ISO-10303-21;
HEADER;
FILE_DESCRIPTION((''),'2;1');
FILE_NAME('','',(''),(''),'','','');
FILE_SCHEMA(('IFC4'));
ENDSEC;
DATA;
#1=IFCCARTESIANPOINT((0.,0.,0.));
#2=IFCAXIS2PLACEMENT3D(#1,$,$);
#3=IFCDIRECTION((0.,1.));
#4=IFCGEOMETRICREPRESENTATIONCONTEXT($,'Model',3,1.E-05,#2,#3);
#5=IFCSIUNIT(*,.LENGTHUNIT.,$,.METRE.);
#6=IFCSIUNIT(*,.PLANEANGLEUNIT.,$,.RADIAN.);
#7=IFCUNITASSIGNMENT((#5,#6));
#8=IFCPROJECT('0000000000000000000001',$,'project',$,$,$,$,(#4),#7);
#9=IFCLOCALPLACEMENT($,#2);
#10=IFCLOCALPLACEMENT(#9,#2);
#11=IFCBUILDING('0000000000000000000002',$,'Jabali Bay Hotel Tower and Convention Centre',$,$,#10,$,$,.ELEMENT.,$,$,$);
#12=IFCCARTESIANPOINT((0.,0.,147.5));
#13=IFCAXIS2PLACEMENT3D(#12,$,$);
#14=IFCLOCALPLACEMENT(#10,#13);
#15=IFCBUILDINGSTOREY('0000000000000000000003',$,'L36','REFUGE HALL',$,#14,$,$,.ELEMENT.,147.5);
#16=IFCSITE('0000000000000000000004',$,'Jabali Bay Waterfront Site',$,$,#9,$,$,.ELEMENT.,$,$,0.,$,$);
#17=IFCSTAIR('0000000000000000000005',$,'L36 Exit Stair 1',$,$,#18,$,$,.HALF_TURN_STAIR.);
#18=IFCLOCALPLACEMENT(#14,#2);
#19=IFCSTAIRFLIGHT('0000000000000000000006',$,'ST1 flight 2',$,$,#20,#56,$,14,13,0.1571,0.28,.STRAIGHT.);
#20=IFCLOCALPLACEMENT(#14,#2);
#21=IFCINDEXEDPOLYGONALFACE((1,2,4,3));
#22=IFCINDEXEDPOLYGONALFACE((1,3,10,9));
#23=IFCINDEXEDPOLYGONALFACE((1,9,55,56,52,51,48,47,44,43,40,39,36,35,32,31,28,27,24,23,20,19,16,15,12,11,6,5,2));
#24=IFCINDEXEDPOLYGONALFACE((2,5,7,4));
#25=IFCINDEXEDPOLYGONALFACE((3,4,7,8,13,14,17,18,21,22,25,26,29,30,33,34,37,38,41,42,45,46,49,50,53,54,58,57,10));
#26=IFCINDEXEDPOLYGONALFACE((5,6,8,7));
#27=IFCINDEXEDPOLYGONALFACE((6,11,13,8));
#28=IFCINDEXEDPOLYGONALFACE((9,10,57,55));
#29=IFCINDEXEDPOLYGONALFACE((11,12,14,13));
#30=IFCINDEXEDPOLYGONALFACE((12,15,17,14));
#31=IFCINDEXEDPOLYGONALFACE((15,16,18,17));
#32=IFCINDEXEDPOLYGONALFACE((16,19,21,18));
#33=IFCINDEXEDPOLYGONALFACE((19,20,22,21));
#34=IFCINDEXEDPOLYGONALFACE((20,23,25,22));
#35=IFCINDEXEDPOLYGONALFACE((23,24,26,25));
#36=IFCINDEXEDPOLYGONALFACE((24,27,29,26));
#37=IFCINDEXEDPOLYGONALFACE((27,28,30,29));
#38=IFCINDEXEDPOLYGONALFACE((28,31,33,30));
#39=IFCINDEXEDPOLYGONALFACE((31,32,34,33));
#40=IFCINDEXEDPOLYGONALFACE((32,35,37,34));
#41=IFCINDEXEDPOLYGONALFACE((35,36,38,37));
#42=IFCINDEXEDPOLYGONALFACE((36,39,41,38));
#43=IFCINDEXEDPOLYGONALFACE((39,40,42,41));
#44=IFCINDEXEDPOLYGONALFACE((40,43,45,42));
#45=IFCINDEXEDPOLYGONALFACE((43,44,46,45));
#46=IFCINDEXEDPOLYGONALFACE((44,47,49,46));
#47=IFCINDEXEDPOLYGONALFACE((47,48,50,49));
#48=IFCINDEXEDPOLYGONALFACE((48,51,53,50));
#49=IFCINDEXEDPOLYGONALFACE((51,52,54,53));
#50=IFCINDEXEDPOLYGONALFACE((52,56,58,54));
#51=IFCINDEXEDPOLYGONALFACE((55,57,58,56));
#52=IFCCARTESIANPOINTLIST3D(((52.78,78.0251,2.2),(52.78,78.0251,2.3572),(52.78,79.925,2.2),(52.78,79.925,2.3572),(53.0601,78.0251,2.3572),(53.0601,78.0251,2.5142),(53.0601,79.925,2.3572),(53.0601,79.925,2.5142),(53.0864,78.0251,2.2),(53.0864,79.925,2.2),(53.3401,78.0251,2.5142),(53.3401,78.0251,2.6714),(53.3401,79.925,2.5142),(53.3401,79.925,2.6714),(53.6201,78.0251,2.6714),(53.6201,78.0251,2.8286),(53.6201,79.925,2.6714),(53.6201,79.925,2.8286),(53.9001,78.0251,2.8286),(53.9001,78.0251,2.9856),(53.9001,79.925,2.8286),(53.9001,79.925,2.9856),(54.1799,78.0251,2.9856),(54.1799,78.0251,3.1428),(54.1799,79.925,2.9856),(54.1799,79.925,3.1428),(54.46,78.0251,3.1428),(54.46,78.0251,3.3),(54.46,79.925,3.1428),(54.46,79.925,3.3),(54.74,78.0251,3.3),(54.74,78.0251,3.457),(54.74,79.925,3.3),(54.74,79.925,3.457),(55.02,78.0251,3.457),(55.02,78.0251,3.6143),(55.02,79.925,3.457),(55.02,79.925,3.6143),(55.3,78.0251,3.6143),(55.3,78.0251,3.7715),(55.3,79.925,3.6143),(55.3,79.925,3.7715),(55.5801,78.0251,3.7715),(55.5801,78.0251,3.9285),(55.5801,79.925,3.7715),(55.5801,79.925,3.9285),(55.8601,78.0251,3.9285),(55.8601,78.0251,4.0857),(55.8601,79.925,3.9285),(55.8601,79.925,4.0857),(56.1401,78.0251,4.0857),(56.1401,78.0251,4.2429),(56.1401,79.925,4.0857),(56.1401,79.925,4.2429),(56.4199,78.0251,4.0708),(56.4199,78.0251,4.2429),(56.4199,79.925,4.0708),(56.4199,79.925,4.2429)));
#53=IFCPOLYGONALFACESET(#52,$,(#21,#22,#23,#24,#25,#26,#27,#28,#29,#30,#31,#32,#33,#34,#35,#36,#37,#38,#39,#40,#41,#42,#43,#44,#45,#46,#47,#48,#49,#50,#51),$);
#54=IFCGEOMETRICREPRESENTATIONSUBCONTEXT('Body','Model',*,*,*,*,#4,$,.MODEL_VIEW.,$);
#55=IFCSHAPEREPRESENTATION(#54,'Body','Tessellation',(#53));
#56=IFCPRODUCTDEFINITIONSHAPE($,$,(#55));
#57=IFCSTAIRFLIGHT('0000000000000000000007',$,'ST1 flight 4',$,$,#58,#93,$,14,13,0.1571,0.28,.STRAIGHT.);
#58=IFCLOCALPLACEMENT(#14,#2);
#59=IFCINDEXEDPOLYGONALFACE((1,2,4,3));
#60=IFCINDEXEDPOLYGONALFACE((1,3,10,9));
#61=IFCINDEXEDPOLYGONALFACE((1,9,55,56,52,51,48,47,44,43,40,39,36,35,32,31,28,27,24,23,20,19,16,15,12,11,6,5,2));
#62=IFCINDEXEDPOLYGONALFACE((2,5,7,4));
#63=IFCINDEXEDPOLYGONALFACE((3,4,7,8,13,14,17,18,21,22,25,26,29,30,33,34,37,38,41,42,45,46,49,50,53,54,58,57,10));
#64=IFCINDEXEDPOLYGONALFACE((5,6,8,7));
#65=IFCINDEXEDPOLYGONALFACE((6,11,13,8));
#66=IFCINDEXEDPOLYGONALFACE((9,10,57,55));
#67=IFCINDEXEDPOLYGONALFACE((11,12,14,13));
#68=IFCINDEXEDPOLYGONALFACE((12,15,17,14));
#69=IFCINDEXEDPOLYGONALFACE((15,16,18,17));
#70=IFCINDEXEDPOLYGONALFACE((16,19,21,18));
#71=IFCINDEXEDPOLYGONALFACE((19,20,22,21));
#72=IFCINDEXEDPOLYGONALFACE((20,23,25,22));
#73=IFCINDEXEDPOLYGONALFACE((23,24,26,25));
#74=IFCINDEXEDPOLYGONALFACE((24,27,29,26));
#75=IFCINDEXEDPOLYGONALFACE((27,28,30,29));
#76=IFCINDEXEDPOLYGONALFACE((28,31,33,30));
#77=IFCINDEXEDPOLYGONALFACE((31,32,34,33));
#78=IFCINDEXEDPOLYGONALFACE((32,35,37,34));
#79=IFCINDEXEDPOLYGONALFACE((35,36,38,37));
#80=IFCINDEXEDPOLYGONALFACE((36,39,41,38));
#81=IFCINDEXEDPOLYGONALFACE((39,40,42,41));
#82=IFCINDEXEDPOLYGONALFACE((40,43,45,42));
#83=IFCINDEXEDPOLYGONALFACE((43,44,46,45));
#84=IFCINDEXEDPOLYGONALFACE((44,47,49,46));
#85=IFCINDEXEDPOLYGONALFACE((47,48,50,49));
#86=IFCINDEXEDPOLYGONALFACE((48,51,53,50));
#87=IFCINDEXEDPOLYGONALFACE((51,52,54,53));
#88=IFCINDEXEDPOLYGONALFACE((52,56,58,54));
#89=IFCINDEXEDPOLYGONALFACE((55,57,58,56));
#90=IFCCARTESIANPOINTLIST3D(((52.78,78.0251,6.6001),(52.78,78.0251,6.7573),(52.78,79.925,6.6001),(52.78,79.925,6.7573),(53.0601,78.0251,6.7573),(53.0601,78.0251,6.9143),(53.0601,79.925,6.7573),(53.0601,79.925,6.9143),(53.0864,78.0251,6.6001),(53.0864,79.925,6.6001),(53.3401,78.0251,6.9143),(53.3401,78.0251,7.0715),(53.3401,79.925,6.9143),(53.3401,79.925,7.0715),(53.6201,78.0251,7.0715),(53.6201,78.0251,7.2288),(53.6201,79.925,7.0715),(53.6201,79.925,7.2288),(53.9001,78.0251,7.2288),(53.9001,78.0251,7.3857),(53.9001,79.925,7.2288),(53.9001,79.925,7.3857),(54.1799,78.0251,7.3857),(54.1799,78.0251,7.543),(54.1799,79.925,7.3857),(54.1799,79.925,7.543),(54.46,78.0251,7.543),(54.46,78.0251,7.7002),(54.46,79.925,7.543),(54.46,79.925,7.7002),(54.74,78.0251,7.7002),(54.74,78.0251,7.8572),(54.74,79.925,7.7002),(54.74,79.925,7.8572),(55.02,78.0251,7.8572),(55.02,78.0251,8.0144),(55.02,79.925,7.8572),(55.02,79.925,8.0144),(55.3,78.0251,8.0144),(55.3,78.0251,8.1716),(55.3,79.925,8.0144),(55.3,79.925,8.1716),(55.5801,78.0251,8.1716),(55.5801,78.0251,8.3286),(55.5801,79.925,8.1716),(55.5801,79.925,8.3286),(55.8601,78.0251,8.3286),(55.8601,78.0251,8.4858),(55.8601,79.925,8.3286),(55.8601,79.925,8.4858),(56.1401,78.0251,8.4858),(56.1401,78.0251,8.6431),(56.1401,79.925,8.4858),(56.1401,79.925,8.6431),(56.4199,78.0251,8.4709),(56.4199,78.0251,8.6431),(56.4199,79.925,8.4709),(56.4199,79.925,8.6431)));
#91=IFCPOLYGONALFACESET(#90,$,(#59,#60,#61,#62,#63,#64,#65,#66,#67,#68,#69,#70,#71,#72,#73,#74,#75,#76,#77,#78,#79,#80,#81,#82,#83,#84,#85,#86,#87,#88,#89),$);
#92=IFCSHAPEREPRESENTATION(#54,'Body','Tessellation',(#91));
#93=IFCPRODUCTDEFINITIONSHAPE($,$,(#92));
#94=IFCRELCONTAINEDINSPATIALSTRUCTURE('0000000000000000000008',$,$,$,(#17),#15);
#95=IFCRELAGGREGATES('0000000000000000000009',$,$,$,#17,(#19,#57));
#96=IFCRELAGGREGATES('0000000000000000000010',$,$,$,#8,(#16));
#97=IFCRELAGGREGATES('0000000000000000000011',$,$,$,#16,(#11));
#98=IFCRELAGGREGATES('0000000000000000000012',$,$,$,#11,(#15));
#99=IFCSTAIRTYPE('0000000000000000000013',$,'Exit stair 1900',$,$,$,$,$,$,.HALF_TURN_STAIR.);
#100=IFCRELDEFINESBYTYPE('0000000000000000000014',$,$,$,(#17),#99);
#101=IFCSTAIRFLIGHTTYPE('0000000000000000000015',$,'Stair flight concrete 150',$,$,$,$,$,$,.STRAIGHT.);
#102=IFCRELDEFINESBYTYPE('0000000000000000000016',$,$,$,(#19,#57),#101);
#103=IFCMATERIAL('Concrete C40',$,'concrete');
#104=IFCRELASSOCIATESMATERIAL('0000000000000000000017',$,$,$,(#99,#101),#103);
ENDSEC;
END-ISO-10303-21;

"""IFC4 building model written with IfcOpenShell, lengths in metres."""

from ifc_helpers import new_model, si_unit, direction, frame, origin, place, context, subcontext, project, spatial, polyline, outline, extrude, material, type_object, element, aggregate, save


model = new_model("IFC4")

# Units and contexts
model_context = context("Model", 3, precision=1e-05, world=origin(), true_north=direction((0.0, 1.0)))
body_context = subcontext(model_context, "Body", "Model", "MODEL_VIEW")
ifc_project = project(units=[si_unit("LENGTHUNIT", "METRE"), si_unit("PLANEANGLEUNIT", "RADIAN")], contexts=[model_context])

# Site, building, storey
site_placement = place(None, origin())
site = spatial("IfcSite", under=ifc_project, at=site_placement, Name="Jabali Bay Waterfront Site", CompositionType="ELEMENT", RefElevation=0.0)
building_placement = place(site_placement, origin())
building = spatial("IfcBuilding", under=site, at=building_placement, Name="Jabali Bay Hotel Tower and Convention Centre", CompositionType="ELEMENT")
storey_placement = place(building_placement, frame((0.0, 0.0, 147.5)))
storey = spatial("IfcBuildingStorey", under=building, at=storey_placement, Name="L36", Description="REFUGE HALL", CompositionType="ELEMENT", Elevation=147.5)

# Shared definitions
ifc_material_1 = material(Name="Concrete C40", Category="concrete")

# Stair
stair_type = type_object("IfcStairType", Name="Exit stair 1900", PredefinedType="HALF_TURN_STAIR", material=ifc_material_1)
stair_1_placement = place(storey_placement, origin())
stair_1 = element("IfcStair", 1, at=stair_1_placement, inside=storey, type_object=stair_type, Name="L36 Exit Stair 1", PredefinedType="HALF_TURN_STAIR")

# Stair flights
stair_flight_type = type_object("IfcStairFlightType", Name="Stair flight concrete 150", PredefinedType="STRAIGHT", material=ifc_material_1)
stair_flight_1_placement = place(storey_placement, frame((52.78, 78.9751, 2.2), z_axis=(0.0, 0.0, 1.0), x_axis=(1.0, 0.0, 0.0)))
stair_flight_1 = element("IfcStairFlight", 2, at=stair_flight_1_placement, type_object=stair_flight_type, Name="ST1 flight 2", NumberOfRisers=14, NumberOfTreads=13, PredefinedType="STRAIGHT", RiserHeight=0.1571, TreadLength=0.28, context=body_context, shape_type="SweptSolid", body=[
    extrude(outline(polyline([(0.0, 0.0), (0.0, 0.1572), (0.28, 0.1572), (0.28, 0.3142), (0.5601, 0.3142), (0.5601, 0.4714), (0.8401, 0.4714), (0.8401, 0.6287), (1.1201, 0.6287), (1.1201, 0.7856), (1.3999, 0.7856), (1.3999, 0.9429), (1.6799, 0.9429), (1.6799, 1.1001), (1.96, 1.1001), (1.96, 1.2571), (2.24, 1.2571), (2.24, 1.4143), (2.52, 1.4143), (2.52, 1.5715), (2.8, 1.5715), (2.8, 1.7285), (3.0801, 1.7285), (3.0801, 1.8857), (3.3601, 1.8857), (3.3601, 2.043), (3.6399, 2.043), (3.6399, 2.2), (3.6399, 1.8708), (0.3064, 0.0), (0.0, 0.0)])), frame((0.0, 0.95, 0.0), z_axis=(0.0, -1.0, 0.0), x_axis=(1.0, 0.0, 0.0)), (0.0, 0.0, 1.0), 1.8999),
])
stair_flight_2_placement = place(storey_placement, frame((52.78, 78.9751, 6.6001), z_axis=(0.0, 0.0, 1.0), x_axis=(1.0, 0.0, 0.0)))
stair_flight_2 = element("IfcStairFlight", 3, at=stair_flight_2_placement, type_object=stair_flight_type, Name="ST1 flight 4", NumberOfRisers=14, NumberOfTreads=13, PredefinedType="STRAIGHT", RiserHeight=0.1571, TreadLength=0.28, context=body_context, shape_type="SweptSolid", body=[
    extrude(outline(polyline([(0.0, 0.0), (0.0, 0.1572), (0.28, 0.1572), (0.28, 0.3142), (0.5601, 0.3142), (0.5601, 0.4714), (0.8401, 0.4714), (0.8401, 0.6287), (1.1201, 0.6287), (1.1201, 0.7856), (1.3999, 0.7856), (1.3999, 0.9429), (1.6799, 0.9429), (1.6799, 1.1001), (1.96, 1.1001), (1.96, 1.2571), (2.24, 1.2571), (2.24, 1.4143), (2.52, 1.4143), (2.52, 1.5715), (2.8, 1.5715), (2.8, 1.7285), (3.0801, 1.7285), (3.0801, 1.8857), (3.3601, 1.8857), (3.3601, 2.043), (3.6399, 2.043), (3.6399, 2.2), (3.6399, 1.8708), (0.3064, 0.0), (0.0, 0.0)])), frame((0.0, 0.95, 0.0), z_axis=(0.0, -1.0, 0.0), x_axis=(1.0, 0.0, 0.0)), (0.0, 0.0, 1.0), 1.8999),
])
aggregate(stair_1, [stair_flight_1, stair_flight_2])

save(model, "model.ifc")
